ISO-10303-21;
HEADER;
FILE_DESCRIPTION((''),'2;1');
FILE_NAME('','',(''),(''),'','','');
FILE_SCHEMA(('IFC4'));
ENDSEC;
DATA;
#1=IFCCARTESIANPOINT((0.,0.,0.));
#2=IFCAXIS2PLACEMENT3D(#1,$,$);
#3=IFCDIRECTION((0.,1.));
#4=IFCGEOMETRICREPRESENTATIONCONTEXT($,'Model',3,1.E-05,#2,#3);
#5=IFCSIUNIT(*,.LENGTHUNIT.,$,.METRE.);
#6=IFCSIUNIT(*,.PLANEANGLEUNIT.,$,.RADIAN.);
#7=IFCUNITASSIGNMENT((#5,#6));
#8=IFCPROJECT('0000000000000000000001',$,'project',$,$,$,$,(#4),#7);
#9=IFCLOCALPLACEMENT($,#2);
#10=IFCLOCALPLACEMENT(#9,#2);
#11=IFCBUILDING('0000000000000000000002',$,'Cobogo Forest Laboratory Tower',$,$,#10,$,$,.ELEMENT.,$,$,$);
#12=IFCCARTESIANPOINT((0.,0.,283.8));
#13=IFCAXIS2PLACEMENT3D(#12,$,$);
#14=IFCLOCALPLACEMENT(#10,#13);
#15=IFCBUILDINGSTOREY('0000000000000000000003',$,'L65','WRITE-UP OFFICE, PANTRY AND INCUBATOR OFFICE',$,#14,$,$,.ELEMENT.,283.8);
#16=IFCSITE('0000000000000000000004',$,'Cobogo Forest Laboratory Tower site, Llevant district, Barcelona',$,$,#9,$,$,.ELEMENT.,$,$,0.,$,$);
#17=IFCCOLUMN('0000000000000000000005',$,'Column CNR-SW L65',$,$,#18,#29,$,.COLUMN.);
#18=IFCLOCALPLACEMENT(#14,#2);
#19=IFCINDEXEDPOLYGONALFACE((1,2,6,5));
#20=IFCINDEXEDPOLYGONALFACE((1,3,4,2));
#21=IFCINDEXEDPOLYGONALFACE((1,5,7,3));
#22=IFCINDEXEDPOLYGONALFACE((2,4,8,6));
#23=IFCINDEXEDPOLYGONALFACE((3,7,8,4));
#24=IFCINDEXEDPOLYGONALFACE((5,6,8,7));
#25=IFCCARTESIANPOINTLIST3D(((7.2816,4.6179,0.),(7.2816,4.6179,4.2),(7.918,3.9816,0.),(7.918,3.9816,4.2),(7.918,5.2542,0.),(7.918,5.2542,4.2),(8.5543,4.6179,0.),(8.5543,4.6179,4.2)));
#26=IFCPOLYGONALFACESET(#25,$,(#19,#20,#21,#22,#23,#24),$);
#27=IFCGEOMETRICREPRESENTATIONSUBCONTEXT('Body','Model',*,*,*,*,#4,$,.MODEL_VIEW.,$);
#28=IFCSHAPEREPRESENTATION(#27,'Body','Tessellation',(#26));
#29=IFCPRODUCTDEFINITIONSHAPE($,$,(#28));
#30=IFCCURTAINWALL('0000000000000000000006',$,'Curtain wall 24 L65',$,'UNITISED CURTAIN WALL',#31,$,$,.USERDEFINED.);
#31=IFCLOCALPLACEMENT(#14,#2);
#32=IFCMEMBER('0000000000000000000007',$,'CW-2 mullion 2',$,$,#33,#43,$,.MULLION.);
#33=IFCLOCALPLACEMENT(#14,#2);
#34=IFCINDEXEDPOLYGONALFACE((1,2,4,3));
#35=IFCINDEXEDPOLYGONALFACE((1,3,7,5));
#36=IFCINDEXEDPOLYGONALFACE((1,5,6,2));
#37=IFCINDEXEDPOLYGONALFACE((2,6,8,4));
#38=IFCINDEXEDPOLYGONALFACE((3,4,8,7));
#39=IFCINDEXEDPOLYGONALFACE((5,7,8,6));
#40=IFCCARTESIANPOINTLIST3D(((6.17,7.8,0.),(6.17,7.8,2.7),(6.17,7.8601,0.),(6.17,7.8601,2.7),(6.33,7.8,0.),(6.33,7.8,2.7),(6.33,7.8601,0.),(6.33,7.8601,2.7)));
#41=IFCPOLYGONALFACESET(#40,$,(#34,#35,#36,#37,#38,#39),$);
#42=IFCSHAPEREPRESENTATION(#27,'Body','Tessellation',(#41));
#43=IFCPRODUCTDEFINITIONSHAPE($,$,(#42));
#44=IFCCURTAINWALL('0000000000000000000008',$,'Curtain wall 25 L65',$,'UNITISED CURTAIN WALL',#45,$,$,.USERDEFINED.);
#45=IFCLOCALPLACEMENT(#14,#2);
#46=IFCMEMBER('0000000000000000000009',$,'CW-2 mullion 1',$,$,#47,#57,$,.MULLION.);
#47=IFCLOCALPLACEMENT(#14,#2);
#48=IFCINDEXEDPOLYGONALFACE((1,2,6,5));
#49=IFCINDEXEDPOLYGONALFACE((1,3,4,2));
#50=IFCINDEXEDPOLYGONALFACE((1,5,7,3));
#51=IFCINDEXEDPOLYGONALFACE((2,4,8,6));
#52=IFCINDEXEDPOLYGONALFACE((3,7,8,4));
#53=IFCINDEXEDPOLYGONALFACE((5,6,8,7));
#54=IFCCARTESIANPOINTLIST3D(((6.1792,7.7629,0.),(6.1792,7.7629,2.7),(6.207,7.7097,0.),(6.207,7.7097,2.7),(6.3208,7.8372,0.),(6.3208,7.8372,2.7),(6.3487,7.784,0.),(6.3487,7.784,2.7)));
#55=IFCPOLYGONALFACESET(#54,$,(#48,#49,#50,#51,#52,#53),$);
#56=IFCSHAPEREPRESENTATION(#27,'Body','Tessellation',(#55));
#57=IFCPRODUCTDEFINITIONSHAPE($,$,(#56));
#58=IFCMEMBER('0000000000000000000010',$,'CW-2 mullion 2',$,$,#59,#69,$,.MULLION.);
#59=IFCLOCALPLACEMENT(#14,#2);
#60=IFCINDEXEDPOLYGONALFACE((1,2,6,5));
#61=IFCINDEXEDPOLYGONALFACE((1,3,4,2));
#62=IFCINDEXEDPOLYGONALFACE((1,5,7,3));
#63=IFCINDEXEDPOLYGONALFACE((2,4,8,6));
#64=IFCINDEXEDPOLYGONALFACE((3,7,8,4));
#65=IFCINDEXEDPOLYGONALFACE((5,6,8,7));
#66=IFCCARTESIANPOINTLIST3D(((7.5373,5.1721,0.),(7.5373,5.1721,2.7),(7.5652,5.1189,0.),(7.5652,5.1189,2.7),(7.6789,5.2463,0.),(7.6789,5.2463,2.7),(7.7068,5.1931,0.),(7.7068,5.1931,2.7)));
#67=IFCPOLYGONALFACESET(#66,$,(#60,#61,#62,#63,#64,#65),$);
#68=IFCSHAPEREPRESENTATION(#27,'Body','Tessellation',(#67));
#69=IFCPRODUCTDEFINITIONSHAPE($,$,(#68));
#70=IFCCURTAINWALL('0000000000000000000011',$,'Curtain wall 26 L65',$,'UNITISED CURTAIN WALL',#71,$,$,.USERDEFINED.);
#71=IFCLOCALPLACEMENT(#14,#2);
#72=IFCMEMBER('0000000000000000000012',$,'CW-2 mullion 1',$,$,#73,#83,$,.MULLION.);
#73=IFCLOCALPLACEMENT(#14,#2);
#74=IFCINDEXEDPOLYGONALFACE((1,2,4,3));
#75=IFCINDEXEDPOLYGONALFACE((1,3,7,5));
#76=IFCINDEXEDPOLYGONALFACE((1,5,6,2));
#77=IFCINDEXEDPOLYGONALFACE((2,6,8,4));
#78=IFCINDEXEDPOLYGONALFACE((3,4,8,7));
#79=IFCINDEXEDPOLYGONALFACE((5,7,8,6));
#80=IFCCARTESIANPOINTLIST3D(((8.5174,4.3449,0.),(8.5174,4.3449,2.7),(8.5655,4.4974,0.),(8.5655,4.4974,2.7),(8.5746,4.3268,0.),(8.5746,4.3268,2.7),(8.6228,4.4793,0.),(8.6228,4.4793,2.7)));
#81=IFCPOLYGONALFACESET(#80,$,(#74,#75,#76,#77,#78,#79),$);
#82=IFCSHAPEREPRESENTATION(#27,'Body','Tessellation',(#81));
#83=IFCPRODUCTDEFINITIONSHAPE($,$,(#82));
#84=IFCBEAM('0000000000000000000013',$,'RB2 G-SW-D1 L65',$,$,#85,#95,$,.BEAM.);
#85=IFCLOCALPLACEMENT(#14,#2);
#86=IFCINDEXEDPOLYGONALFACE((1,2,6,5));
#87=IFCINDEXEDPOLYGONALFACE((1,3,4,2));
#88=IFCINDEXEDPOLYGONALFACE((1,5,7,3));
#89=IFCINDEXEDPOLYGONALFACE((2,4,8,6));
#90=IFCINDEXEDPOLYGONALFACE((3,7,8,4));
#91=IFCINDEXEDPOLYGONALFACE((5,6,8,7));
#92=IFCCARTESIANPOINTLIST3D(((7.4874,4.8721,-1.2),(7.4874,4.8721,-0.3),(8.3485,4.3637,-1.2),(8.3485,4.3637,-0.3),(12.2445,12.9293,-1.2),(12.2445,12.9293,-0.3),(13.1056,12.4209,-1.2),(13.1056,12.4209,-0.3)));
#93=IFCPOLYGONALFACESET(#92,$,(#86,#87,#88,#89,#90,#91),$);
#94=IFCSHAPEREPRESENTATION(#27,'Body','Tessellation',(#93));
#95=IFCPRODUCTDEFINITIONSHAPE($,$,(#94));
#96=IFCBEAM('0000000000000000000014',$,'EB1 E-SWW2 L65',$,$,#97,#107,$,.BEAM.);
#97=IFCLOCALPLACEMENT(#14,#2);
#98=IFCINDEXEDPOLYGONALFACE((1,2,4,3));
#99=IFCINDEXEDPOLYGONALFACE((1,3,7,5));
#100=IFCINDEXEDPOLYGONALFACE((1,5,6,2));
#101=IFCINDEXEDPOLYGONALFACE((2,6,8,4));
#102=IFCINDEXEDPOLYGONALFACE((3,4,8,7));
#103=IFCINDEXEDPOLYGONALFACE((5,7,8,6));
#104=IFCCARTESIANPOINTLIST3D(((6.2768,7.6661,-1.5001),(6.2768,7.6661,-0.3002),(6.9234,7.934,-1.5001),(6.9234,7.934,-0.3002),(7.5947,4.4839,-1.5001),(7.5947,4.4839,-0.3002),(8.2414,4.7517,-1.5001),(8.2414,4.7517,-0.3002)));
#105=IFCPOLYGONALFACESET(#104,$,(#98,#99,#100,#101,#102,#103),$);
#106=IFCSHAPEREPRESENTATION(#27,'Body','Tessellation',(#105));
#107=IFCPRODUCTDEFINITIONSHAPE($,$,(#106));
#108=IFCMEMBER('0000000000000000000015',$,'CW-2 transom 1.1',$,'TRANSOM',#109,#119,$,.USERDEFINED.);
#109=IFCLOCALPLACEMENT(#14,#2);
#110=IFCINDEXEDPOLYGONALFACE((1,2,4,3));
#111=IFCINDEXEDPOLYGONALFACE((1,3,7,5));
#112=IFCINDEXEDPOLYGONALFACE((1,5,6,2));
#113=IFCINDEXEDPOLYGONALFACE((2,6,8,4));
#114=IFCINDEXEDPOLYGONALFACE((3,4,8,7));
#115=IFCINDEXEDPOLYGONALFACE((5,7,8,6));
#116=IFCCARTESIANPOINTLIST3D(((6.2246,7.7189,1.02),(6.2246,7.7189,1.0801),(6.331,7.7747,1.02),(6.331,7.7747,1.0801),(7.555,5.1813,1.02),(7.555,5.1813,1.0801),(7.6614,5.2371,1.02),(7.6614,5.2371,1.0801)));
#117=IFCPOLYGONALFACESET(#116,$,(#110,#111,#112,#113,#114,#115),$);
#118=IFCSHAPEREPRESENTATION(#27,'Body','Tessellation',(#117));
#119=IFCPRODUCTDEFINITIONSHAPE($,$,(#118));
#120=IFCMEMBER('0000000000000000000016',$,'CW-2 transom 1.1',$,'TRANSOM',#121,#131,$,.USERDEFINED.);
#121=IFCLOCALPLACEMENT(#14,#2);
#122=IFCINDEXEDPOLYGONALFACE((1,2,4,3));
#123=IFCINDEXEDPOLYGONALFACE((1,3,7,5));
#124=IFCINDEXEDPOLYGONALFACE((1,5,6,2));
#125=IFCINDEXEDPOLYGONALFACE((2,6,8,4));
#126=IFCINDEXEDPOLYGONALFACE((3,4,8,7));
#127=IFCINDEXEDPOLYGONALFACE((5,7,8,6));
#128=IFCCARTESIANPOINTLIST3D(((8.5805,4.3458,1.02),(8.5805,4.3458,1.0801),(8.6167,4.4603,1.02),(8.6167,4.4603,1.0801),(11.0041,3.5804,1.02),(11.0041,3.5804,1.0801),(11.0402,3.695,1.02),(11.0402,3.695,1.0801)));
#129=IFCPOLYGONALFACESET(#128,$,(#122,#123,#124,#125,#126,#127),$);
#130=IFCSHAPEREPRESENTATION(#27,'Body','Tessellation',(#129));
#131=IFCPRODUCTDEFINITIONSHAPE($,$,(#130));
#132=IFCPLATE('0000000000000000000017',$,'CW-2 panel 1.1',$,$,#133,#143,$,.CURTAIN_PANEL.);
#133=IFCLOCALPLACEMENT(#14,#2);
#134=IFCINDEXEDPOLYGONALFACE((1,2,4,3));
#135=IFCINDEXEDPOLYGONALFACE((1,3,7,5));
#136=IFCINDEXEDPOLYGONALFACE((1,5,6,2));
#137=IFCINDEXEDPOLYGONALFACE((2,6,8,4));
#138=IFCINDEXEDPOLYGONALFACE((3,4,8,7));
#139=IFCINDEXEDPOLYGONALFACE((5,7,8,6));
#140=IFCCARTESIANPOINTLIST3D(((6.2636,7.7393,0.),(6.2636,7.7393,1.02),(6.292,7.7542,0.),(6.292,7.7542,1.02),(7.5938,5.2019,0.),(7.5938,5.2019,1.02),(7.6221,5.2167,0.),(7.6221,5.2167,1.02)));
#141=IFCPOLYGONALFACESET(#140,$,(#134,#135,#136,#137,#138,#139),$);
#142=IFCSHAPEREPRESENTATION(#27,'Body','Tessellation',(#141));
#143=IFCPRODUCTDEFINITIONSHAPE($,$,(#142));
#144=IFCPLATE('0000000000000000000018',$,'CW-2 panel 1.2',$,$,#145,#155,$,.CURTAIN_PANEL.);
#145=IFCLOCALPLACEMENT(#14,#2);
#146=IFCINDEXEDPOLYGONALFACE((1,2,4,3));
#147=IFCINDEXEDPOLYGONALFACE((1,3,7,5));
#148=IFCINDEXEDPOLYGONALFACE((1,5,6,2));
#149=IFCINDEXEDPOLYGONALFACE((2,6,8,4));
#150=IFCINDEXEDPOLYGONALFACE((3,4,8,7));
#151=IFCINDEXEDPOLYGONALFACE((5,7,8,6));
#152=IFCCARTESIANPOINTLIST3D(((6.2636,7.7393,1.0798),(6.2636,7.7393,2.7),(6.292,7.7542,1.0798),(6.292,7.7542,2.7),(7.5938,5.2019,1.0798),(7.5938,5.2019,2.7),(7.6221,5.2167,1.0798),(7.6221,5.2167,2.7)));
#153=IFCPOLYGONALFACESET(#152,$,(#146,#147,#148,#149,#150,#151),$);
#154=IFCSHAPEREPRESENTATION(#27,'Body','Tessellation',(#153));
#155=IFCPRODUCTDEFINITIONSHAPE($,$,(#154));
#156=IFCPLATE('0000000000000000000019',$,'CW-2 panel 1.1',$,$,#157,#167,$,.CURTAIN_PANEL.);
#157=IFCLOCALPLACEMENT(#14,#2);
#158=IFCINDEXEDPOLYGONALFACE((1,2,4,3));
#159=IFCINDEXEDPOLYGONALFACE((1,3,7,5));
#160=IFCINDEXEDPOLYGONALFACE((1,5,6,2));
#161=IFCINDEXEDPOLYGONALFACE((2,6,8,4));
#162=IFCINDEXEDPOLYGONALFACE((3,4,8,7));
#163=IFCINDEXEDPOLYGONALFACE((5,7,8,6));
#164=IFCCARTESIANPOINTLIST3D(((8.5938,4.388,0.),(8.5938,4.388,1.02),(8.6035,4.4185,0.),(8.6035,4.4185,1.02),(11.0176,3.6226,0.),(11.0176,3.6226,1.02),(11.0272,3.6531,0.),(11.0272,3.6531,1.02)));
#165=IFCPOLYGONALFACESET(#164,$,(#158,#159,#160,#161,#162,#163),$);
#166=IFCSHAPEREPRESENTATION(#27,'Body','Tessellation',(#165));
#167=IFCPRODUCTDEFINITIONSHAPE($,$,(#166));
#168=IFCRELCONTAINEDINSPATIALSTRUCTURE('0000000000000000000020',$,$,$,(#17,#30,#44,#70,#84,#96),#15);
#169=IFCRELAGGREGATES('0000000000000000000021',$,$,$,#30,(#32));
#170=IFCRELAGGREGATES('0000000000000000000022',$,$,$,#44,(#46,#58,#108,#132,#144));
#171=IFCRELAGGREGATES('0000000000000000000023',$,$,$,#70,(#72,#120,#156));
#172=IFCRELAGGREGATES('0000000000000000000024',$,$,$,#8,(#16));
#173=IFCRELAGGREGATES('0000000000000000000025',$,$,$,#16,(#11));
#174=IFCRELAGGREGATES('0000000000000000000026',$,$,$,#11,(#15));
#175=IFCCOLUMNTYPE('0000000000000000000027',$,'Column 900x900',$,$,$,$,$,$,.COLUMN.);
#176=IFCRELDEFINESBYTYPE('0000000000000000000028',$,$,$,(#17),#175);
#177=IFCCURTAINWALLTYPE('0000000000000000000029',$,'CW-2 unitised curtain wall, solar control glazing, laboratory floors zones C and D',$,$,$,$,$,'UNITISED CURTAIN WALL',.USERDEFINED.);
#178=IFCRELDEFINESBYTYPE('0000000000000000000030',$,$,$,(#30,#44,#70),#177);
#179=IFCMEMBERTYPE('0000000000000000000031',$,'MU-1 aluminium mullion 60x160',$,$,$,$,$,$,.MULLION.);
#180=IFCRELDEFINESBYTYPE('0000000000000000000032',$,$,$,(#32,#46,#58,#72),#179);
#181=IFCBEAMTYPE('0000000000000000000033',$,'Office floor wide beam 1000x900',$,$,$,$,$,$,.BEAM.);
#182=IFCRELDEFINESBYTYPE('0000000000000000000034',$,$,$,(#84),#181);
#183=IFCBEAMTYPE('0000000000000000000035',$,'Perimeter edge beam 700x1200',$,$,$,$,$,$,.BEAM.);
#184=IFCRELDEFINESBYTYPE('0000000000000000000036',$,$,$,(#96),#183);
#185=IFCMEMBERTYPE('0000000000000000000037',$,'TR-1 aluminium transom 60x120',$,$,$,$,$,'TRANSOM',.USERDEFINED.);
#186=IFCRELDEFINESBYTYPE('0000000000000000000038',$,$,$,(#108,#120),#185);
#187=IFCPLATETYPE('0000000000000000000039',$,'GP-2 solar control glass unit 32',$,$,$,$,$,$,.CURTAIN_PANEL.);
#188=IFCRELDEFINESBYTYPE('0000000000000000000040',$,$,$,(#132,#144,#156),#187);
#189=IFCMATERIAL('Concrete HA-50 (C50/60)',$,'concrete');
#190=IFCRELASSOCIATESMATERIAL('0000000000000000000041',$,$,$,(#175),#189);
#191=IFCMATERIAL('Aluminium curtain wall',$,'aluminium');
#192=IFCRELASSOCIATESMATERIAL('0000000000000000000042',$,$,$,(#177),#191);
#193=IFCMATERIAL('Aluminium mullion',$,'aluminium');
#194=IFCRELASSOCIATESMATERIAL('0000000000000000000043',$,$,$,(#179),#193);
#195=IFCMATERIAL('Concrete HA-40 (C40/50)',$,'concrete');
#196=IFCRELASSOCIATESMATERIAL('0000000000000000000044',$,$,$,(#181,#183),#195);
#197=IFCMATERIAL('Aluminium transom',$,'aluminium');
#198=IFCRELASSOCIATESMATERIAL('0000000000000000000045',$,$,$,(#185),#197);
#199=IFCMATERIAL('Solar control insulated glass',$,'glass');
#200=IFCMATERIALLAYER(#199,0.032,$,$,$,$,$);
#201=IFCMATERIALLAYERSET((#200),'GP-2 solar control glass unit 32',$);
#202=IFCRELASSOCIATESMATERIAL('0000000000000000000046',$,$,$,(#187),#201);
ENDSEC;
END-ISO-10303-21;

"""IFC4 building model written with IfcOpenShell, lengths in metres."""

from ifc_helpers import new_model, si_unit, direction, frame, origin, origin_2d, place, context, subcontext, project, spatial, rectangle, extrude, material, layer, layer_set, material_profile, profile_set, type_object, element, aggregate, save


model = new_model("IFC4")

# Units and contexts
model_context = context("Model", 3, precision=1e-05, world=origin(), true_north=direction((0.0, 1.0)))
body_context = subcontext(model_context, "Body", "Model", "MODEL_VIEW")
ifc_project = project(units=[si_unit("LENGTHUNIT", "METRE"), si_unit("PLANEANGLEUNIT", "RADIAN")], contexts=[model_context])

# Site, building, storey
site_placement = place(None, origin())
site = spatial("IfcSite", under=ifc_project, at=site_placement, Name="Cobogo Forest Laboratory Tower site, Llevant district, Barcelona", CompositionType="ELEMENT", RefElevation=0.0)
building_placement = place(site_placement, origin())
building = spatial("IfcBuilding", under=site, at=building_placement, Name="Cobogo Forest Laboratory Tower", CompositionType="ELEMENT")
storey_placement = place(building_placement, frame((0.0, 0.0, 283.8)))
storey = spatial("IfcBuildingStorey", under=building, at=storey_placement, Name="L65", Description="WRITE-UP OFFICE, PANTRY AND INCUBATOR OFFICE", CompositionType="ELEMENT", Elevation=283.8)

# Column
ifc_material_1 = material(Name="Concrete HA-50 (C50/60)", Category="concrete")
ifc_material_profile_1 = material_profile(ifc_material_1, rectangle(XDim=0.8999, YDim=0.8999, at=origin_2d()), Name="RC 900x900")
ifc_profile_set_1 = profile_set([ifc_material_profile_1], Name="Concrete HA-50 (C50/60)")
column_type = type_object("IfcColumnType", Name="Column 900x900", PredefinedType="COLUMN", material=ifc_profile_set_1)
column_placement = place(storey_placement, frame((7.918, 4.6179, 0.0), z_axis=(0.0, 0.0, 1.0), x_axis=(0.707107, 0.707107, 0.0)))
element("IfcColumn", 1, at=column_placement, inside=storey, type_object=column_type, Name="Column CNR-SW L65", PredefinedType="COLUMN", context=body_context, shape_type="SweptSolid", body=[
    extrude(rectangle(XDim=0.8999, YDim=0.8999, at=origin_2d()), origin(), (0.0, 0.0, 1.0), 4.2),
])

# Curtain wall, member
ifc_material_2 = material(Name="Aluminium curtain wall", Category="aluminium")
curtain_wall_type = type_object("IfcCurtainWallType", Name="CW-2 unitised curtain wall, solar control glazing, laboratory floors zones C and D", ElementType="UNITISED CURTAIN WALL", PredefinedType="USERDEFINED", material=ifc_material_2)
curtain_wall_1_placement = place(storey_placement, origin())
curtain_wall_1 = element("IfcCurtainWall", 2, at=curtain_wall_1_placement, inside=storey, type_object=curtain_wall_type, Name="Curtain wall 24 L65", ObjectType="UNITISED CURTAIN WALL", PredefinedType="USERDEFINED")
ifc_material_3 = material(Name="Aluminium mullion", Category="aluminium")
ifc_material_profile_2 = material_profile(ifc_material_3, rectangle(XDim=0.0601, YDim=0.1599, at=origin_2d()), Name="AL 60x160")
ifc_profile_set_2 = profile_set([ifc_material_profile_2], Name="Aluminium mullion")
member_type_1 = type_object("IfcMemberType", Name="MU-1 aluminium mullion 60x160", PredefinedType="MULLION", material=ifc_profile_set_2)
member_1_placement = place(storey_placement, frame((6.25, 7.8301, 0.0), z_axis=(0.0, 0.0, 1.0), x_axis=(0.0, -1.0, 0.0)))
member_1 = element("IfcMember", 3, at=member_1_placement, type_object=member_type_1, Name="CW-2 mullion 2", PredefinedType="MULLION", context=body_context, shape_type="SweptSolid", body=[
    extrude(rectangle(XDim=0.0601, YDim=0.1599, at=origin_2d()), origin(), (0.0, 0.0, 1.0), 2.7),
])
aggregate(curtain_wall_1, [member_1])

# Curtain wall, members
curtain_wall_2_placement = place(storey_placement, origin())
curtain_wall_2 = element("IfcCurtainWall", 4, at=curtain_wall_2_placement, inside=storey, type_object=curtain_wall_type, Name="Curtain wall 25 L65", ObjectType="UNITISED CURTAIN WALL", PredefinedType="USERDEFINED")
member_2_placement = place(storey_placement, frame((6.2639, 7.7734, 0.0), z_axis=(0.0, 0.0, 1.0), x_axis=(0.464284, -0.885686, 0.0)))
member_2 = element("IfcMember", 5, at=member_2_placement, type_object=member_type_1, Name="CW-2 mullion 1", PredefinedType="MULLION", context=body_context, shape_type="SweptSolid", body=[
    extrude(rectangle(XDim=0.0601, YDim=0.1599, at=origin_2d()), origin(), (0.0, 0.0, 1.0), 2.7),
])
member_3_placement = place(storey_placement, frame((7.6221, 5.1826, 0.0), z_axis=(0.0, 0.0, 1.0), x_axis=(0.464284, -0.885686, 0.0)))
member_3 = element("IfcMember", 6, at=member_3_placement, type_object=member_type_1, Name="CW-2 mullion 2", PredefinedType="MULLION", context=body_context, shape_type="SweptSolid", body=[
    extrude(rectangle(XDim=0.0601, YDim=0.1599, at=origin_2d()), origin(), (0.0, 0.0, 1.0), 2.7),
])

# Curtain wall, member
curtain_wall_3_placement = place(storey_placement, origin())
curtain_wall_3 = element("IfcCurtainWall", 7, at=curtain_wall_3_placement, inside=storey, type_object=curtain_wall_type, Name="Curtain wall 26 L65", ObjectType="UNITISED CURTAIN WALL", PredefinedType="USERDEFINED")
member_4_placement = place(storey_placement, frame((8.5701, 4.4121, 0.0), z_axis=(0.0, 0.0, 1.0), x_axis=(0.953581, -0.301135, 0.0)))
member_4 = element("IfcMember", 8, at=member_4_placement, type_object=member_type_1, Name="CW-2 mullion 1", PredefinedType="MULLION", context=body_context, shape_type="SweptSolid", body=[
    extrude(rectangle(XDim=0.0601, YDim=0.1599, at=origin_2d()), origin(), (0.0, 0.0, 1.0), 2.7),
])

# Beams
ifc_material_4 = material(Name="Concrete HA-40 (C40/50)", Category="concrete")
ifc_material_profile_3 = material_profile(ifc_material_4, rectangle(XDim=1.0, YDim=0.8999, at=origin_2d()), Name="RC 1000x900")
ifc_profile_set_3 = profile_set([ifc_material_profile_3], Name="Concrete HA-40 (C40/50)")
beam_type_1 = type_object("IfcBeamType", Name="Office floor wide beam 1000x900", PredefinedType="BEAM", material=ifc_profile_set_3)
beam_1_placement = place(storey_placement, frame((7.918, 4.6179, -0.75), z_axis=(0.508416, 0.861111, 0.0), x_axis=(-0.861111, 0.508416, 0.0)))
element("IfcBeam", 9, at=beam_1_placement, inside=storey, type_object=beam_type_1, Name="RB2 G-SW-D1 L65", PredefinedType="BEAM", context=body_context, shape_type="SweptSolid", body=[
    extrude(rectangle(XDim=1.0, YDim=0.8999, at=origin_2d()), origin(), (0.0, 0.0, 1.0), 9.3567),
])
ifc_material_profile_4 = material_profile(ifc_material_4, rectangle(XDim=0.7, YDim=1.2, at=origin_2d()), Name="RC 700x1200")
ifc_profile_set_4 = profile_set([ifc_material_profile_4], Name="Concrete HA-40 (C40/50)")
beam_type_2 = type_object("IfcBeamType", Name="Perimeter edge beam 700x1200", PredefinedType="BEAM", material=ifc_profile_set_4)
beam_2_placement = place(storey_placement, frame((6.6001, 7.8, -0.9001), z_axis=(0.382631, -0.923901, 0.0), x_axis=(0.923901, 0.382631, 0.0)))
element("IfcBeam", 10, at=beam_2_placement, inside=storey, type_object=beam_type_2, Name="EB1 E-SWW2 L65", PredefinedType="BEAM", context=body_context, shape_type="SweptSolid", body=[
    extrude(rectangle(XDim=0.7, YDim=1.2, at=origin_2d()), origin(), (0.0, 0.0, 1.0), 3.4443),
])

# Members
ifc_material_5 = material(Name="Aluminium transom", Category="aluminium")
ifc_material_profile_5 = material_profile(ifc_material_5, rectangle(XDim=0.1201, YDim=0.0601, at=origin_2d()), Name="AL 60x120")
ifc_profile_set_5 = profile_set([ifc_material_profile_5], Name="Aluminium transom")
member_type_2 = type_object("IfcMemberType", Name="TR-1 aluminium transom 60x120", ElementType="TRANSOM", PredefinedType="USERDEFINED", material=ifc_profile_set_5)
member_5_placement = place(storey_placement, frame((6.2778, 7.7468, 1.05), z_axis=(0.464309, -0.885673, 0.0), x_axis=(0.885673, 0.464309, 0.0)))
member_5 = element("IfcMember", 11, at=member_5_placement, type_object=member_type_2, Name="CW-2 transom 1.1", ObjectType="TRANSOM", PredefinedType="USERDEFINED", context=body_context, shape_type="SweptSolid", body=[
    extrude(rectangle(XDim=0.1201, YDim=0.0601, at=origin_2d()), origin(), (0.0, 0.0, 1.0), 2.8652),
])
member_6_placement = place(storey_placement, frame((8.5986, 4.4031, 1.05), z_axis=(0.953578, -0.301145, 0.0), x_axis=(0.301145, 0.953578, 0.0)))
member_6 = element("IfcMember", 12, at=member_6_placement, type_object=member_type_2, Name="CW-2 transom 1.1", ObjectType="TRANSOM", PredefinedType="USERDEFINED", context=body_context, shape_type="SweptSolid", body=[
    extrude(rectangle(XDim=0.1201, YDim=0.0601, at=origin_2d()), origin(), (0.0, 0.0, 1.0), 2.5415),
])

# Plates
ifc_material_6 = material(Name="Solar control insulated glass", Category="glass")
ifc_layer = layer(ifc_material_6, 0.032)
ifc_layer_set = layer_set([ifc_layer], Name="GP-2 solar control glass unit 32")
plate_type = type_object("IfcPlateType", Name="GP-2 solar control glass unit 32", PredefinedType="CURTAIN_PANEL", material=ifc_layer_set)
plate_1_placement = place(storey_placement, frame((6.9429, 6.478, 0.0), z_axis=(0.0, 0.0, 1.0), x_axis=(0.464284, -0.885686, 0.0)))
plate_1 = element("IfcPlate", 13, at=plate_1_placement, type_object=plate_type, Name="CW-2 panel 1.1", PredefinedType="CURTAIN_PANEL", context=body_context, shape_type="SweptSolid", body=[
    extrude(rectangle(XDim=2.865, YDim=0.032, at=origin_2d()), origin(), (0.0, 0.0, 1.0), 1.02),
])
plate_2_placement = place(storey_placement, frame((6.9429, 6.478, 1.0798), z_axis=(0.0, 0.0, 1.0), x_axis=(0.464284, -0.885686, 0.0)))
plate_2 = element("IfcPlate", 14, at=plate_2_placement, type_object=plate_type, Name="CW-2 panel 1.2", PredefinedType="CURTAIN_PANEL", context=body_context, shape_type="SweptSolid", body=[
    extrude(rectangle(XDim=2.865, YDim=0.032, at=origin_2d()), origin(), (0.0, 0.0, 1.0), 1.6201),
])
aggregate(curtain_wall_2, [member_2, member_3, member_5, plate_1, plate_2])
plate_3_placement = place(storey_placement, frame((9.8105, 4.0205, 0.0), z_axis=(0.0, 0.0, 1.0), x_axis=(0.953581, -0.301135, 0.0)))
plate_3 = element("IfcPlate", 15, at=plate_3_placement, type_object=plate_type, Name="CW-2 panel 1.1", PredefinedType="CURTAIN_PANEL", context=body_context, shape_type="SweptSolid", body=[
    extrude(rectangle(XDim=2.5417, YDim=0.032, at=origin_2d()), origin(), (0.0, 0.0, 1.0), 1.02),
])
aggregate(curtain_wall_3, [member_4, member_6, plate_3])

save(model, "model.ifc")
